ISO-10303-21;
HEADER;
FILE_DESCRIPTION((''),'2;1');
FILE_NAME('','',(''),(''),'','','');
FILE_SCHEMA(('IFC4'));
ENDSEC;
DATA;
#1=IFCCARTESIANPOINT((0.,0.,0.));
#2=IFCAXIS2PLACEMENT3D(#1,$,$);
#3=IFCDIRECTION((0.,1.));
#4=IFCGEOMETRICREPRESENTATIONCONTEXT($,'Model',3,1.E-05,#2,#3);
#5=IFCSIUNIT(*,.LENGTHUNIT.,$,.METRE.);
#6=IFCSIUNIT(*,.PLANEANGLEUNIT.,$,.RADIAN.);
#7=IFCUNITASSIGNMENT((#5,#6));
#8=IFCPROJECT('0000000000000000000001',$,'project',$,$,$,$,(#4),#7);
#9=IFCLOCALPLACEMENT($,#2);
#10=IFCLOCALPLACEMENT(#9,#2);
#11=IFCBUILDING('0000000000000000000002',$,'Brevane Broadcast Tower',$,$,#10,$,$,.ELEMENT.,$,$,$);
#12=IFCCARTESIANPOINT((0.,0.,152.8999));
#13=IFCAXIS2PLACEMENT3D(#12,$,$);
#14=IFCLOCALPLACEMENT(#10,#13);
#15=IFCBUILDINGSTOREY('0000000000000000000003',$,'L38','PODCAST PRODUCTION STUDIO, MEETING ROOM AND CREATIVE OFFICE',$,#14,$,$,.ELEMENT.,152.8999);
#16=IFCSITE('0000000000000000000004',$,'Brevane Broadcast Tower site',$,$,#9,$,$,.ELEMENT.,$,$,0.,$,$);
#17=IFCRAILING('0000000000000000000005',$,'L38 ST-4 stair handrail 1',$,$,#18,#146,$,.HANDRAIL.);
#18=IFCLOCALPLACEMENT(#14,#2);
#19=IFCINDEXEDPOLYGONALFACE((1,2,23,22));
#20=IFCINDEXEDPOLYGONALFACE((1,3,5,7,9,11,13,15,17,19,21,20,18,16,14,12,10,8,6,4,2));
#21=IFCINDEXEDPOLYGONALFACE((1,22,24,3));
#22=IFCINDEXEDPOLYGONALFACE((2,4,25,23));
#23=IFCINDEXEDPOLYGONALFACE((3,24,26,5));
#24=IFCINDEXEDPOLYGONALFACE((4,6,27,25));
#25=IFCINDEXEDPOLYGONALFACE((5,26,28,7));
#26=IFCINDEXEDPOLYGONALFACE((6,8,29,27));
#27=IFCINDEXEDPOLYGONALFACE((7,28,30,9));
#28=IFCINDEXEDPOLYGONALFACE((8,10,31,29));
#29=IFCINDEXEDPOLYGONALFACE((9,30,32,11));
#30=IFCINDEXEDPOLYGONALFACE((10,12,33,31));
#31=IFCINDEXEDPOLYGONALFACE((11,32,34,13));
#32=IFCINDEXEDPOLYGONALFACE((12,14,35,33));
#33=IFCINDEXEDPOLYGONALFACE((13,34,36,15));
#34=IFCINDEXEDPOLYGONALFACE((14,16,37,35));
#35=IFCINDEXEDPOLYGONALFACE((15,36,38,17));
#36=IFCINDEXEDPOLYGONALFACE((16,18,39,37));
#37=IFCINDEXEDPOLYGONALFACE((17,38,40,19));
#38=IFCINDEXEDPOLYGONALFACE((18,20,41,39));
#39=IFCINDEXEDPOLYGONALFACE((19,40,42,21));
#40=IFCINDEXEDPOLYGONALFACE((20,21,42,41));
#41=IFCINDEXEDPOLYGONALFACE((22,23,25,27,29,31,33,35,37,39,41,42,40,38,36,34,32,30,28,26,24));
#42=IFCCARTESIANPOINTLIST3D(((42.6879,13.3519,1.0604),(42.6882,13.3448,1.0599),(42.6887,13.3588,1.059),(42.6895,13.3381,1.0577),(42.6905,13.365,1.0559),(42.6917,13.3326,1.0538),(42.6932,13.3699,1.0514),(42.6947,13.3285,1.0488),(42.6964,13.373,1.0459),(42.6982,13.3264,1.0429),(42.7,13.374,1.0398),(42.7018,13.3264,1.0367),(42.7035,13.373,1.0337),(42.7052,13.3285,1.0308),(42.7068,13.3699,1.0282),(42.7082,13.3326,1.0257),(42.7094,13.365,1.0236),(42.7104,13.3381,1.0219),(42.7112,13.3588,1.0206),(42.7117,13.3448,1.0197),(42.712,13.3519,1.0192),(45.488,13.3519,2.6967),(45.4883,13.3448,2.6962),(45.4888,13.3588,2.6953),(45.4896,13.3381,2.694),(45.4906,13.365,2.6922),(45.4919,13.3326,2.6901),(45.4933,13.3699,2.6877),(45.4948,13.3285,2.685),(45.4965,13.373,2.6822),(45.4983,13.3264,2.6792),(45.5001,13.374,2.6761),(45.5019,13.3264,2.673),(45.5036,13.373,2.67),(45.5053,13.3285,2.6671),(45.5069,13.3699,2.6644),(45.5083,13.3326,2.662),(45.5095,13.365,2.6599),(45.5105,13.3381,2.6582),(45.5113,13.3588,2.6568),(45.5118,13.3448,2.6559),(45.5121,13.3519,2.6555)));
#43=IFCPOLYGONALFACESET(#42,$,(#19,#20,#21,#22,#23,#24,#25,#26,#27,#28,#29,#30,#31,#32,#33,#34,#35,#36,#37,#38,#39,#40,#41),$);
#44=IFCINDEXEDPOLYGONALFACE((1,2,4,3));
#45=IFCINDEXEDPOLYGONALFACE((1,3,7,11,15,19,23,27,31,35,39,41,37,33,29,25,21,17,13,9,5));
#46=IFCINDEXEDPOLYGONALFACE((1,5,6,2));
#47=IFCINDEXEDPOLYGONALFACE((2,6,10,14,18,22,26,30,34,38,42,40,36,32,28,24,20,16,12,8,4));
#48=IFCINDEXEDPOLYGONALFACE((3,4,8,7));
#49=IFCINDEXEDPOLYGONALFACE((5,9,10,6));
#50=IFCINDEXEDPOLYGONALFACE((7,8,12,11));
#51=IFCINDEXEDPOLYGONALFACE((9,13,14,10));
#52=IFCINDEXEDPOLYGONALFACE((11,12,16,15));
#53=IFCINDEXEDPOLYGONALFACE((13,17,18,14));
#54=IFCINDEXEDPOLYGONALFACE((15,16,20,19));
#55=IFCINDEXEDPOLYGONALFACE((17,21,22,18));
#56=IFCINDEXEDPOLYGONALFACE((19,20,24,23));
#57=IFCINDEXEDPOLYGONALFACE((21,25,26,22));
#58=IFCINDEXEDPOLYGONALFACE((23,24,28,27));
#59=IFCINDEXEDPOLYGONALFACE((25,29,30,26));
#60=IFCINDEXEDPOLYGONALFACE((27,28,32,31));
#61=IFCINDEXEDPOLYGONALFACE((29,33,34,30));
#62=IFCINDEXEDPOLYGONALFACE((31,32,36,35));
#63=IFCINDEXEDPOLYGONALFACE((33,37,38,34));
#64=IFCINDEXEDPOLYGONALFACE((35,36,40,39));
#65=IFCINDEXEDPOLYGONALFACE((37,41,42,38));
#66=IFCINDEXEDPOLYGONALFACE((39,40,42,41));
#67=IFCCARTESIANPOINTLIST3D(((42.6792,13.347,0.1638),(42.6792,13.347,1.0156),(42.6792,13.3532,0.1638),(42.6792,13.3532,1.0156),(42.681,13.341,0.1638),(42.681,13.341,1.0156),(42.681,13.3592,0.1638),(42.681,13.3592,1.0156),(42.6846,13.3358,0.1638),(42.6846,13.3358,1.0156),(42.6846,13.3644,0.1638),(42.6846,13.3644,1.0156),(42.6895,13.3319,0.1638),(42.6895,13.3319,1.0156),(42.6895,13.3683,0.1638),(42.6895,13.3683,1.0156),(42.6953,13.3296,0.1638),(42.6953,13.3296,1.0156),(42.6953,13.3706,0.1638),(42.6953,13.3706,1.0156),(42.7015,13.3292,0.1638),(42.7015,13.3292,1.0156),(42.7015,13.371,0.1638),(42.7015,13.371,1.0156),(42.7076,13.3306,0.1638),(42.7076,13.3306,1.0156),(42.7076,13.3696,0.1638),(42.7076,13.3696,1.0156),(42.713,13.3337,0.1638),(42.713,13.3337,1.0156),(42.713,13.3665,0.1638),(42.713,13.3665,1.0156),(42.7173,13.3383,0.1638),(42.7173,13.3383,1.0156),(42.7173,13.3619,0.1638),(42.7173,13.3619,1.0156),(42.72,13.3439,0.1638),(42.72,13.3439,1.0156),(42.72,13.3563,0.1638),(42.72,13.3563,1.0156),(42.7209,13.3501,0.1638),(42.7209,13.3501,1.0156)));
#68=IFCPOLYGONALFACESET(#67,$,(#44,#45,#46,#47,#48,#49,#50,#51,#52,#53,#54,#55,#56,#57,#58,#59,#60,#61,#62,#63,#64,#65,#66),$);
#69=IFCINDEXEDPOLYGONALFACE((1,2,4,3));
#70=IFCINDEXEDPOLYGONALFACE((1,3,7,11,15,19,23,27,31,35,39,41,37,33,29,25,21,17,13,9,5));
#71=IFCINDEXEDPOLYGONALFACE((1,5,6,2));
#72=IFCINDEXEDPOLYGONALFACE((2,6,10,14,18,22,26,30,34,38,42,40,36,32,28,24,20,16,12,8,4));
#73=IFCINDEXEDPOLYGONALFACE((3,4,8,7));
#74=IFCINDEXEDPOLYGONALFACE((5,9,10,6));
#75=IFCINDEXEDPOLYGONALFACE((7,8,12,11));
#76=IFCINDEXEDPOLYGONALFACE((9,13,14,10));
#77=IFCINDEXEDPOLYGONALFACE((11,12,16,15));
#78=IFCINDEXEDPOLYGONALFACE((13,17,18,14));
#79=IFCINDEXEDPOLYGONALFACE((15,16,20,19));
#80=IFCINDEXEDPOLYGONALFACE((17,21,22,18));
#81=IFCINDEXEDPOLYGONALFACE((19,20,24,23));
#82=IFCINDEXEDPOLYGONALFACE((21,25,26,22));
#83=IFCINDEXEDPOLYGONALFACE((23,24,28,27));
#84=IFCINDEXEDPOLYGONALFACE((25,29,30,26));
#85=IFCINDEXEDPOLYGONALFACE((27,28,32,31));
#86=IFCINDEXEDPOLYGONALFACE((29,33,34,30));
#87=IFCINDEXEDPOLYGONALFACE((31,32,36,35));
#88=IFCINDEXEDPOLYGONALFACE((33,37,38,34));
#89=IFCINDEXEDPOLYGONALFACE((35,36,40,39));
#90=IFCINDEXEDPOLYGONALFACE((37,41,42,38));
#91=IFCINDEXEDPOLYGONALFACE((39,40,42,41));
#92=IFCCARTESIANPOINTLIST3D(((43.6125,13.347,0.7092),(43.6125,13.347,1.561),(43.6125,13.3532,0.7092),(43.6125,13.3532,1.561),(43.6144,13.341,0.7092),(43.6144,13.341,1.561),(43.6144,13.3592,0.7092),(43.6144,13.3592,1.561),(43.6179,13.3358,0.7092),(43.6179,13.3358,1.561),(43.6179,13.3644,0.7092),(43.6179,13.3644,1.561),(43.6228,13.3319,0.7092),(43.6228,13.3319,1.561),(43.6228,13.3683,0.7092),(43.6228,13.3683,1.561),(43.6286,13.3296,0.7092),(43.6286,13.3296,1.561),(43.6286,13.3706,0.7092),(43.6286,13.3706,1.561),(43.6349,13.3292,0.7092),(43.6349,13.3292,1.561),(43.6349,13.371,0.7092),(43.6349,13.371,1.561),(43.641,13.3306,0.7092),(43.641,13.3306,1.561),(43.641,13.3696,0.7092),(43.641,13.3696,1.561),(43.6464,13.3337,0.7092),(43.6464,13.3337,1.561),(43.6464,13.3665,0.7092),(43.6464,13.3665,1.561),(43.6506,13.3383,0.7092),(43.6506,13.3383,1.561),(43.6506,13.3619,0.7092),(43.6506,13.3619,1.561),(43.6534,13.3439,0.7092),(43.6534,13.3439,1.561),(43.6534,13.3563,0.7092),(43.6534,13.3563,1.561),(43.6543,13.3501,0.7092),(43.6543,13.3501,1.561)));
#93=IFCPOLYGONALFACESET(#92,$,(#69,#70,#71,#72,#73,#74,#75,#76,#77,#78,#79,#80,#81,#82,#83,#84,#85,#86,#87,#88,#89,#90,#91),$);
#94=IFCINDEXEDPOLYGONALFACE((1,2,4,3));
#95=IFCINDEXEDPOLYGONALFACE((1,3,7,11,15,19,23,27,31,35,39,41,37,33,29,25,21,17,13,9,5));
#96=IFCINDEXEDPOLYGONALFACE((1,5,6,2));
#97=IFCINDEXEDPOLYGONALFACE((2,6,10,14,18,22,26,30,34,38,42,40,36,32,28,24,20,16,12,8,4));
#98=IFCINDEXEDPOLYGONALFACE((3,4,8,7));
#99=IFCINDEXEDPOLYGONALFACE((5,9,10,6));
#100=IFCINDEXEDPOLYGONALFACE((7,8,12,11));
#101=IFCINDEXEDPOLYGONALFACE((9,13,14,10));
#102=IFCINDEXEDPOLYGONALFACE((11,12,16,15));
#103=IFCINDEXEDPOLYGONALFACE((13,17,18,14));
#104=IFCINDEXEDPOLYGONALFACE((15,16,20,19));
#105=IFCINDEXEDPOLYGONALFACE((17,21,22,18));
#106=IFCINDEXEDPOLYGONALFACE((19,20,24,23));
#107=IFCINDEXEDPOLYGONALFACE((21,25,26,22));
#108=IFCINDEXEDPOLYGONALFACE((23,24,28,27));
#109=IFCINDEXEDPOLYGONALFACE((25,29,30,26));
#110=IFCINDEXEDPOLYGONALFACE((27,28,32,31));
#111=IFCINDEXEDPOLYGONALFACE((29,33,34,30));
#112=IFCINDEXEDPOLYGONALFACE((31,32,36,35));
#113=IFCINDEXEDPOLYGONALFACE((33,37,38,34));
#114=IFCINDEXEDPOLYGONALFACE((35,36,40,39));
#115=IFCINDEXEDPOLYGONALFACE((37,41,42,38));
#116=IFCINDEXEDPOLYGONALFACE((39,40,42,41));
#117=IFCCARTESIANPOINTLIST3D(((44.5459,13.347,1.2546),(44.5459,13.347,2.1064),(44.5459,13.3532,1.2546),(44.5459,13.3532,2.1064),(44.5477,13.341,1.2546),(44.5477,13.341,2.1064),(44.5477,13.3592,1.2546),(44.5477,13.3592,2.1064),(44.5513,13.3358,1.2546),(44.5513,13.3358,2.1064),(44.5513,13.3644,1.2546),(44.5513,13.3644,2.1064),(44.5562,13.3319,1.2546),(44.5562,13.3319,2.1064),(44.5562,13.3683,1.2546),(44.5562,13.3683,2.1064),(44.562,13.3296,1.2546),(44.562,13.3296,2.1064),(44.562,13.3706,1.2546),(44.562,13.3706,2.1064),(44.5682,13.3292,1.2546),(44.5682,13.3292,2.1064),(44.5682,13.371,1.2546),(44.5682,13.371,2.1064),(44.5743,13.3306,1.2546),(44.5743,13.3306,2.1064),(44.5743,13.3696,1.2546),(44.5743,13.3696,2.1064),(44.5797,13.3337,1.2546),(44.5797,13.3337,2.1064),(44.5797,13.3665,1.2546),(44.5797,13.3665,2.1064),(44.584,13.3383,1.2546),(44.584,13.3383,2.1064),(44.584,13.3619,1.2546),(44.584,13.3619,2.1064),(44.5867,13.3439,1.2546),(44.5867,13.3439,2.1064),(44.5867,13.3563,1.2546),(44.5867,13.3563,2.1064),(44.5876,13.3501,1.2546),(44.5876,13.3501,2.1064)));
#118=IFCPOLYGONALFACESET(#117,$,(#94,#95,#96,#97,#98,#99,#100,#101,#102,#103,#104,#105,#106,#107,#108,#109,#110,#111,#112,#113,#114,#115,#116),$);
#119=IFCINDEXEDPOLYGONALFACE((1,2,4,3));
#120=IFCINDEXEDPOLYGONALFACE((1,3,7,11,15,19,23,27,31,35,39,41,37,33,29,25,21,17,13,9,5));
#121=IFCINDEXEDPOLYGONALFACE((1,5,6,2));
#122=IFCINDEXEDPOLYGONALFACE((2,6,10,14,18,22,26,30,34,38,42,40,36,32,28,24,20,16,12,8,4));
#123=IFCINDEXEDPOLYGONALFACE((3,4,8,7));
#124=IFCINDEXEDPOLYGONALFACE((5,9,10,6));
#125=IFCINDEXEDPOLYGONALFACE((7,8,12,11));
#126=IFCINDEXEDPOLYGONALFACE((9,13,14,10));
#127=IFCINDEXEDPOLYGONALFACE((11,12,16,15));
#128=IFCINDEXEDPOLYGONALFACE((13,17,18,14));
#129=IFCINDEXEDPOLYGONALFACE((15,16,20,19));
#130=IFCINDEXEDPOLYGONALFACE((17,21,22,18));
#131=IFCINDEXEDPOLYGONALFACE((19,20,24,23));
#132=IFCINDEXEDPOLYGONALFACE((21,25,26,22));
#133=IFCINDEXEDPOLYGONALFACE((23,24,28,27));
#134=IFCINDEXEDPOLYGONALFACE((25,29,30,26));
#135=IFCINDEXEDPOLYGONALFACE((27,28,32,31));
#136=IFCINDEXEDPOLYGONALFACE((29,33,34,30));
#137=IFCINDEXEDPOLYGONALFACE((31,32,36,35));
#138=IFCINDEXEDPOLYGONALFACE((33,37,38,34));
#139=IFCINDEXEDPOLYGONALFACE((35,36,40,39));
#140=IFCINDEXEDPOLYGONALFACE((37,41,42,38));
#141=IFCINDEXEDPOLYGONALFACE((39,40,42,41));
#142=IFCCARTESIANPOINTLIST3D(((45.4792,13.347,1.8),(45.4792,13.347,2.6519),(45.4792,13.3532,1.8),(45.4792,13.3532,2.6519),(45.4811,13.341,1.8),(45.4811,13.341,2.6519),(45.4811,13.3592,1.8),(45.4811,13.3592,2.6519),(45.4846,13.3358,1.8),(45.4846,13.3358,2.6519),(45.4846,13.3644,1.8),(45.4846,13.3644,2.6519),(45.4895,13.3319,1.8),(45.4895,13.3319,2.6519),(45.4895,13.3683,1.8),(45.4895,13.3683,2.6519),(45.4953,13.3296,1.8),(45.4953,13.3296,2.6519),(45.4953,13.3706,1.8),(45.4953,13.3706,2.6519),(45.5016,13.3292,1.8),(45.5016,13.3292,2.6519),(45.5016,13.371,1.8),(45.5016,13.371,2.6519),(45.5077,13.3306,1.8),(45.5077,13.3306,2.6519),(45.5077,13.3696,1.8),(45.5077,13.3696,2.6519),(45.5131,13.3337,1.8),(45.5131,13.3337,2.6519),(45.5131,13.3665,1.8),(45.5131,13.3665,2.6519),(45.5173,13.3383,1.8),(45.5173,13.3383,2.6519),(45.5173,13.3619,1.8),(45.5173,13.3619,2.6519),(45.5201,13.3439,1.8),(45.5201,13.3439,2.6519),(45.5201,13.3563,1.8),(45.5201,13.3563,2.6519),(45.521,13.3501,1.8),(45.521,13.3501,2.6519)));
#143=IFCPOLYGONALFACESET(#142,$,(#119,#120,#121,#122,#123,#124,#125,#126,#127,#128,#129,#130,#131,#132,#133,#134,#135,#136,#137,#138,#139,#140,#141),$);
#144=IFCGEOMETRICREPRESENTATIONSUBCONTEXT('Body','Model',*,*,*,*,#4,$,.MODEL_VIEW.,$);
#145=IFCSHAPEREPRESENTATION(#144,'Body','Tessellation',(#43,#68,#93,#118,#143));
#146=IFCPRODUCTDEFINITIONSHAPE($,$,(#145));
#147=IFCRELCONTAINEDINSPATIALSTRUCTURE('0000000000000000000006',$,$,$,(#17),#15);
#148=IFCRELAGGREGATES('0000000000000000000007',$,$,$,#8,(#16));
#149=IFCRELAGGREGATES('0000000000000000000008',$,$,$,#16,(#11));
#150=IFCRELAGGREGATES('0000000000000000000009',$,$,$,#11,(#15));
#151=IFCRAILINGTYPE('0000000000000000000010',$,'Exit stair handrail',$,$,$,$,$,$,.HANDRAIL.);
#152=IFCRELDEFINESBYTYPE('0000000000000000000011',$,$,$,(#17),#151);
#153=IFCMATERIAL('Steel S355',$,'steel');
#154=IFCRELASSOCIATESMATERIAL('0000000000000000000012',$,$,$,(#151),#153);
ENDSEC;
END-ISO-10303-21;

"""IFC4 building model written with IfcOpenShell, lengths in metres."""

from ifc_helpers import new_model, si_unit, direction, frame, origin, origin_2d, place, context, subcontext, project, spatial, circle, extrude, material, type_object, element, save


model = new_model("IFC4")

# Units and contexts
model_context = context("Model", 3, precision=1e-05, world=origin(), true_north=direction((0.0, 1.0)))
body_context = subcontext(model_context, "Body", "Model", "MODEL_VIEW")
ifc_project = project(units=[si_unit("LENGTHUNIT", "METRE"), si_unit("PLANEANGLEUNIT", "RADIAN")], contexts=[model_context])

# Site, building, storey
site_placement = place(None, origin())
site = spatial("IfcSite", under=ifc_project, at=site_placement, Name="Brevane Broadcast Tower site", CompositionType="ELEMENT", RefElevation=0.0)
building_placement = place(site_placement, origin())
building = spatial("IfcBuilding", under=site, at=building_placement, Name="Brevane Broadcast Tower", CompositionType="ELEMENT")
storey_placement = place(building_placement, frame((0.0, 0.0, 152.8999)))
storey = spatial("IfcBuildingStorey", under=building, at=storey_placement, Name="L38", Description="PODCAST PRODUCTION STUDIO, MEETING ROOM AND CREATIVE OFFICE", CompositionType="ELEMENT", Elevation=152.8999)

# Railing
ifc_material_1 = material(Name="Steel S355", Category="steel")
railing_type_1 = type_object("IfcRailingType", Name="Exit stair handrail", PredefinedType="HANDRAIL", material=ifc_material_1)
railing_1_placement = place(storey_placement, frame((42.7, 13.3501, 0.1638)))
element("IfcRailing", 1, at=railing_1_placement, inside=storey, type_object=railing_type_1, Name="L38 ST-4 stair handrail 1", PredefinedType="HANDRAIL", context=body_context, shape_type="SweptSolid", body=[
    extrude(circle(Radius=0.0239, at=origin_2d()), frame((0.0, 0.0, 0.876), z_axis=(0.863394, 0.0, 0.504531), x_axis=(0.0, 1.0, 0.0)), (0.0, 0.0, 1.0), 3.2432),
    extrude(circle(Radius=0.021, at=origin_2d()), origin(), (0.0, 0.0, 1.0), 0.8518),
    extrude(circle(Radius=0.021, at=origin_2d()), frame((0.9333, 0.0, 0.5454)), (0.0, 0.0, 1.0), 0.8518),
    extrude(circle(Radius=0.021, at=origin_2d()), frame((1.8667, 0.0, 1.0908)), (0.0, 0.0, 1.0), 0.8518),
    extrude(circle(Radius=0.021, at=origin_2d()), frame((2.8, 0.0, 1.6362)), (0.0, 0.0, 1.0), 0.8518),
])

save(model, "model.ifc")
